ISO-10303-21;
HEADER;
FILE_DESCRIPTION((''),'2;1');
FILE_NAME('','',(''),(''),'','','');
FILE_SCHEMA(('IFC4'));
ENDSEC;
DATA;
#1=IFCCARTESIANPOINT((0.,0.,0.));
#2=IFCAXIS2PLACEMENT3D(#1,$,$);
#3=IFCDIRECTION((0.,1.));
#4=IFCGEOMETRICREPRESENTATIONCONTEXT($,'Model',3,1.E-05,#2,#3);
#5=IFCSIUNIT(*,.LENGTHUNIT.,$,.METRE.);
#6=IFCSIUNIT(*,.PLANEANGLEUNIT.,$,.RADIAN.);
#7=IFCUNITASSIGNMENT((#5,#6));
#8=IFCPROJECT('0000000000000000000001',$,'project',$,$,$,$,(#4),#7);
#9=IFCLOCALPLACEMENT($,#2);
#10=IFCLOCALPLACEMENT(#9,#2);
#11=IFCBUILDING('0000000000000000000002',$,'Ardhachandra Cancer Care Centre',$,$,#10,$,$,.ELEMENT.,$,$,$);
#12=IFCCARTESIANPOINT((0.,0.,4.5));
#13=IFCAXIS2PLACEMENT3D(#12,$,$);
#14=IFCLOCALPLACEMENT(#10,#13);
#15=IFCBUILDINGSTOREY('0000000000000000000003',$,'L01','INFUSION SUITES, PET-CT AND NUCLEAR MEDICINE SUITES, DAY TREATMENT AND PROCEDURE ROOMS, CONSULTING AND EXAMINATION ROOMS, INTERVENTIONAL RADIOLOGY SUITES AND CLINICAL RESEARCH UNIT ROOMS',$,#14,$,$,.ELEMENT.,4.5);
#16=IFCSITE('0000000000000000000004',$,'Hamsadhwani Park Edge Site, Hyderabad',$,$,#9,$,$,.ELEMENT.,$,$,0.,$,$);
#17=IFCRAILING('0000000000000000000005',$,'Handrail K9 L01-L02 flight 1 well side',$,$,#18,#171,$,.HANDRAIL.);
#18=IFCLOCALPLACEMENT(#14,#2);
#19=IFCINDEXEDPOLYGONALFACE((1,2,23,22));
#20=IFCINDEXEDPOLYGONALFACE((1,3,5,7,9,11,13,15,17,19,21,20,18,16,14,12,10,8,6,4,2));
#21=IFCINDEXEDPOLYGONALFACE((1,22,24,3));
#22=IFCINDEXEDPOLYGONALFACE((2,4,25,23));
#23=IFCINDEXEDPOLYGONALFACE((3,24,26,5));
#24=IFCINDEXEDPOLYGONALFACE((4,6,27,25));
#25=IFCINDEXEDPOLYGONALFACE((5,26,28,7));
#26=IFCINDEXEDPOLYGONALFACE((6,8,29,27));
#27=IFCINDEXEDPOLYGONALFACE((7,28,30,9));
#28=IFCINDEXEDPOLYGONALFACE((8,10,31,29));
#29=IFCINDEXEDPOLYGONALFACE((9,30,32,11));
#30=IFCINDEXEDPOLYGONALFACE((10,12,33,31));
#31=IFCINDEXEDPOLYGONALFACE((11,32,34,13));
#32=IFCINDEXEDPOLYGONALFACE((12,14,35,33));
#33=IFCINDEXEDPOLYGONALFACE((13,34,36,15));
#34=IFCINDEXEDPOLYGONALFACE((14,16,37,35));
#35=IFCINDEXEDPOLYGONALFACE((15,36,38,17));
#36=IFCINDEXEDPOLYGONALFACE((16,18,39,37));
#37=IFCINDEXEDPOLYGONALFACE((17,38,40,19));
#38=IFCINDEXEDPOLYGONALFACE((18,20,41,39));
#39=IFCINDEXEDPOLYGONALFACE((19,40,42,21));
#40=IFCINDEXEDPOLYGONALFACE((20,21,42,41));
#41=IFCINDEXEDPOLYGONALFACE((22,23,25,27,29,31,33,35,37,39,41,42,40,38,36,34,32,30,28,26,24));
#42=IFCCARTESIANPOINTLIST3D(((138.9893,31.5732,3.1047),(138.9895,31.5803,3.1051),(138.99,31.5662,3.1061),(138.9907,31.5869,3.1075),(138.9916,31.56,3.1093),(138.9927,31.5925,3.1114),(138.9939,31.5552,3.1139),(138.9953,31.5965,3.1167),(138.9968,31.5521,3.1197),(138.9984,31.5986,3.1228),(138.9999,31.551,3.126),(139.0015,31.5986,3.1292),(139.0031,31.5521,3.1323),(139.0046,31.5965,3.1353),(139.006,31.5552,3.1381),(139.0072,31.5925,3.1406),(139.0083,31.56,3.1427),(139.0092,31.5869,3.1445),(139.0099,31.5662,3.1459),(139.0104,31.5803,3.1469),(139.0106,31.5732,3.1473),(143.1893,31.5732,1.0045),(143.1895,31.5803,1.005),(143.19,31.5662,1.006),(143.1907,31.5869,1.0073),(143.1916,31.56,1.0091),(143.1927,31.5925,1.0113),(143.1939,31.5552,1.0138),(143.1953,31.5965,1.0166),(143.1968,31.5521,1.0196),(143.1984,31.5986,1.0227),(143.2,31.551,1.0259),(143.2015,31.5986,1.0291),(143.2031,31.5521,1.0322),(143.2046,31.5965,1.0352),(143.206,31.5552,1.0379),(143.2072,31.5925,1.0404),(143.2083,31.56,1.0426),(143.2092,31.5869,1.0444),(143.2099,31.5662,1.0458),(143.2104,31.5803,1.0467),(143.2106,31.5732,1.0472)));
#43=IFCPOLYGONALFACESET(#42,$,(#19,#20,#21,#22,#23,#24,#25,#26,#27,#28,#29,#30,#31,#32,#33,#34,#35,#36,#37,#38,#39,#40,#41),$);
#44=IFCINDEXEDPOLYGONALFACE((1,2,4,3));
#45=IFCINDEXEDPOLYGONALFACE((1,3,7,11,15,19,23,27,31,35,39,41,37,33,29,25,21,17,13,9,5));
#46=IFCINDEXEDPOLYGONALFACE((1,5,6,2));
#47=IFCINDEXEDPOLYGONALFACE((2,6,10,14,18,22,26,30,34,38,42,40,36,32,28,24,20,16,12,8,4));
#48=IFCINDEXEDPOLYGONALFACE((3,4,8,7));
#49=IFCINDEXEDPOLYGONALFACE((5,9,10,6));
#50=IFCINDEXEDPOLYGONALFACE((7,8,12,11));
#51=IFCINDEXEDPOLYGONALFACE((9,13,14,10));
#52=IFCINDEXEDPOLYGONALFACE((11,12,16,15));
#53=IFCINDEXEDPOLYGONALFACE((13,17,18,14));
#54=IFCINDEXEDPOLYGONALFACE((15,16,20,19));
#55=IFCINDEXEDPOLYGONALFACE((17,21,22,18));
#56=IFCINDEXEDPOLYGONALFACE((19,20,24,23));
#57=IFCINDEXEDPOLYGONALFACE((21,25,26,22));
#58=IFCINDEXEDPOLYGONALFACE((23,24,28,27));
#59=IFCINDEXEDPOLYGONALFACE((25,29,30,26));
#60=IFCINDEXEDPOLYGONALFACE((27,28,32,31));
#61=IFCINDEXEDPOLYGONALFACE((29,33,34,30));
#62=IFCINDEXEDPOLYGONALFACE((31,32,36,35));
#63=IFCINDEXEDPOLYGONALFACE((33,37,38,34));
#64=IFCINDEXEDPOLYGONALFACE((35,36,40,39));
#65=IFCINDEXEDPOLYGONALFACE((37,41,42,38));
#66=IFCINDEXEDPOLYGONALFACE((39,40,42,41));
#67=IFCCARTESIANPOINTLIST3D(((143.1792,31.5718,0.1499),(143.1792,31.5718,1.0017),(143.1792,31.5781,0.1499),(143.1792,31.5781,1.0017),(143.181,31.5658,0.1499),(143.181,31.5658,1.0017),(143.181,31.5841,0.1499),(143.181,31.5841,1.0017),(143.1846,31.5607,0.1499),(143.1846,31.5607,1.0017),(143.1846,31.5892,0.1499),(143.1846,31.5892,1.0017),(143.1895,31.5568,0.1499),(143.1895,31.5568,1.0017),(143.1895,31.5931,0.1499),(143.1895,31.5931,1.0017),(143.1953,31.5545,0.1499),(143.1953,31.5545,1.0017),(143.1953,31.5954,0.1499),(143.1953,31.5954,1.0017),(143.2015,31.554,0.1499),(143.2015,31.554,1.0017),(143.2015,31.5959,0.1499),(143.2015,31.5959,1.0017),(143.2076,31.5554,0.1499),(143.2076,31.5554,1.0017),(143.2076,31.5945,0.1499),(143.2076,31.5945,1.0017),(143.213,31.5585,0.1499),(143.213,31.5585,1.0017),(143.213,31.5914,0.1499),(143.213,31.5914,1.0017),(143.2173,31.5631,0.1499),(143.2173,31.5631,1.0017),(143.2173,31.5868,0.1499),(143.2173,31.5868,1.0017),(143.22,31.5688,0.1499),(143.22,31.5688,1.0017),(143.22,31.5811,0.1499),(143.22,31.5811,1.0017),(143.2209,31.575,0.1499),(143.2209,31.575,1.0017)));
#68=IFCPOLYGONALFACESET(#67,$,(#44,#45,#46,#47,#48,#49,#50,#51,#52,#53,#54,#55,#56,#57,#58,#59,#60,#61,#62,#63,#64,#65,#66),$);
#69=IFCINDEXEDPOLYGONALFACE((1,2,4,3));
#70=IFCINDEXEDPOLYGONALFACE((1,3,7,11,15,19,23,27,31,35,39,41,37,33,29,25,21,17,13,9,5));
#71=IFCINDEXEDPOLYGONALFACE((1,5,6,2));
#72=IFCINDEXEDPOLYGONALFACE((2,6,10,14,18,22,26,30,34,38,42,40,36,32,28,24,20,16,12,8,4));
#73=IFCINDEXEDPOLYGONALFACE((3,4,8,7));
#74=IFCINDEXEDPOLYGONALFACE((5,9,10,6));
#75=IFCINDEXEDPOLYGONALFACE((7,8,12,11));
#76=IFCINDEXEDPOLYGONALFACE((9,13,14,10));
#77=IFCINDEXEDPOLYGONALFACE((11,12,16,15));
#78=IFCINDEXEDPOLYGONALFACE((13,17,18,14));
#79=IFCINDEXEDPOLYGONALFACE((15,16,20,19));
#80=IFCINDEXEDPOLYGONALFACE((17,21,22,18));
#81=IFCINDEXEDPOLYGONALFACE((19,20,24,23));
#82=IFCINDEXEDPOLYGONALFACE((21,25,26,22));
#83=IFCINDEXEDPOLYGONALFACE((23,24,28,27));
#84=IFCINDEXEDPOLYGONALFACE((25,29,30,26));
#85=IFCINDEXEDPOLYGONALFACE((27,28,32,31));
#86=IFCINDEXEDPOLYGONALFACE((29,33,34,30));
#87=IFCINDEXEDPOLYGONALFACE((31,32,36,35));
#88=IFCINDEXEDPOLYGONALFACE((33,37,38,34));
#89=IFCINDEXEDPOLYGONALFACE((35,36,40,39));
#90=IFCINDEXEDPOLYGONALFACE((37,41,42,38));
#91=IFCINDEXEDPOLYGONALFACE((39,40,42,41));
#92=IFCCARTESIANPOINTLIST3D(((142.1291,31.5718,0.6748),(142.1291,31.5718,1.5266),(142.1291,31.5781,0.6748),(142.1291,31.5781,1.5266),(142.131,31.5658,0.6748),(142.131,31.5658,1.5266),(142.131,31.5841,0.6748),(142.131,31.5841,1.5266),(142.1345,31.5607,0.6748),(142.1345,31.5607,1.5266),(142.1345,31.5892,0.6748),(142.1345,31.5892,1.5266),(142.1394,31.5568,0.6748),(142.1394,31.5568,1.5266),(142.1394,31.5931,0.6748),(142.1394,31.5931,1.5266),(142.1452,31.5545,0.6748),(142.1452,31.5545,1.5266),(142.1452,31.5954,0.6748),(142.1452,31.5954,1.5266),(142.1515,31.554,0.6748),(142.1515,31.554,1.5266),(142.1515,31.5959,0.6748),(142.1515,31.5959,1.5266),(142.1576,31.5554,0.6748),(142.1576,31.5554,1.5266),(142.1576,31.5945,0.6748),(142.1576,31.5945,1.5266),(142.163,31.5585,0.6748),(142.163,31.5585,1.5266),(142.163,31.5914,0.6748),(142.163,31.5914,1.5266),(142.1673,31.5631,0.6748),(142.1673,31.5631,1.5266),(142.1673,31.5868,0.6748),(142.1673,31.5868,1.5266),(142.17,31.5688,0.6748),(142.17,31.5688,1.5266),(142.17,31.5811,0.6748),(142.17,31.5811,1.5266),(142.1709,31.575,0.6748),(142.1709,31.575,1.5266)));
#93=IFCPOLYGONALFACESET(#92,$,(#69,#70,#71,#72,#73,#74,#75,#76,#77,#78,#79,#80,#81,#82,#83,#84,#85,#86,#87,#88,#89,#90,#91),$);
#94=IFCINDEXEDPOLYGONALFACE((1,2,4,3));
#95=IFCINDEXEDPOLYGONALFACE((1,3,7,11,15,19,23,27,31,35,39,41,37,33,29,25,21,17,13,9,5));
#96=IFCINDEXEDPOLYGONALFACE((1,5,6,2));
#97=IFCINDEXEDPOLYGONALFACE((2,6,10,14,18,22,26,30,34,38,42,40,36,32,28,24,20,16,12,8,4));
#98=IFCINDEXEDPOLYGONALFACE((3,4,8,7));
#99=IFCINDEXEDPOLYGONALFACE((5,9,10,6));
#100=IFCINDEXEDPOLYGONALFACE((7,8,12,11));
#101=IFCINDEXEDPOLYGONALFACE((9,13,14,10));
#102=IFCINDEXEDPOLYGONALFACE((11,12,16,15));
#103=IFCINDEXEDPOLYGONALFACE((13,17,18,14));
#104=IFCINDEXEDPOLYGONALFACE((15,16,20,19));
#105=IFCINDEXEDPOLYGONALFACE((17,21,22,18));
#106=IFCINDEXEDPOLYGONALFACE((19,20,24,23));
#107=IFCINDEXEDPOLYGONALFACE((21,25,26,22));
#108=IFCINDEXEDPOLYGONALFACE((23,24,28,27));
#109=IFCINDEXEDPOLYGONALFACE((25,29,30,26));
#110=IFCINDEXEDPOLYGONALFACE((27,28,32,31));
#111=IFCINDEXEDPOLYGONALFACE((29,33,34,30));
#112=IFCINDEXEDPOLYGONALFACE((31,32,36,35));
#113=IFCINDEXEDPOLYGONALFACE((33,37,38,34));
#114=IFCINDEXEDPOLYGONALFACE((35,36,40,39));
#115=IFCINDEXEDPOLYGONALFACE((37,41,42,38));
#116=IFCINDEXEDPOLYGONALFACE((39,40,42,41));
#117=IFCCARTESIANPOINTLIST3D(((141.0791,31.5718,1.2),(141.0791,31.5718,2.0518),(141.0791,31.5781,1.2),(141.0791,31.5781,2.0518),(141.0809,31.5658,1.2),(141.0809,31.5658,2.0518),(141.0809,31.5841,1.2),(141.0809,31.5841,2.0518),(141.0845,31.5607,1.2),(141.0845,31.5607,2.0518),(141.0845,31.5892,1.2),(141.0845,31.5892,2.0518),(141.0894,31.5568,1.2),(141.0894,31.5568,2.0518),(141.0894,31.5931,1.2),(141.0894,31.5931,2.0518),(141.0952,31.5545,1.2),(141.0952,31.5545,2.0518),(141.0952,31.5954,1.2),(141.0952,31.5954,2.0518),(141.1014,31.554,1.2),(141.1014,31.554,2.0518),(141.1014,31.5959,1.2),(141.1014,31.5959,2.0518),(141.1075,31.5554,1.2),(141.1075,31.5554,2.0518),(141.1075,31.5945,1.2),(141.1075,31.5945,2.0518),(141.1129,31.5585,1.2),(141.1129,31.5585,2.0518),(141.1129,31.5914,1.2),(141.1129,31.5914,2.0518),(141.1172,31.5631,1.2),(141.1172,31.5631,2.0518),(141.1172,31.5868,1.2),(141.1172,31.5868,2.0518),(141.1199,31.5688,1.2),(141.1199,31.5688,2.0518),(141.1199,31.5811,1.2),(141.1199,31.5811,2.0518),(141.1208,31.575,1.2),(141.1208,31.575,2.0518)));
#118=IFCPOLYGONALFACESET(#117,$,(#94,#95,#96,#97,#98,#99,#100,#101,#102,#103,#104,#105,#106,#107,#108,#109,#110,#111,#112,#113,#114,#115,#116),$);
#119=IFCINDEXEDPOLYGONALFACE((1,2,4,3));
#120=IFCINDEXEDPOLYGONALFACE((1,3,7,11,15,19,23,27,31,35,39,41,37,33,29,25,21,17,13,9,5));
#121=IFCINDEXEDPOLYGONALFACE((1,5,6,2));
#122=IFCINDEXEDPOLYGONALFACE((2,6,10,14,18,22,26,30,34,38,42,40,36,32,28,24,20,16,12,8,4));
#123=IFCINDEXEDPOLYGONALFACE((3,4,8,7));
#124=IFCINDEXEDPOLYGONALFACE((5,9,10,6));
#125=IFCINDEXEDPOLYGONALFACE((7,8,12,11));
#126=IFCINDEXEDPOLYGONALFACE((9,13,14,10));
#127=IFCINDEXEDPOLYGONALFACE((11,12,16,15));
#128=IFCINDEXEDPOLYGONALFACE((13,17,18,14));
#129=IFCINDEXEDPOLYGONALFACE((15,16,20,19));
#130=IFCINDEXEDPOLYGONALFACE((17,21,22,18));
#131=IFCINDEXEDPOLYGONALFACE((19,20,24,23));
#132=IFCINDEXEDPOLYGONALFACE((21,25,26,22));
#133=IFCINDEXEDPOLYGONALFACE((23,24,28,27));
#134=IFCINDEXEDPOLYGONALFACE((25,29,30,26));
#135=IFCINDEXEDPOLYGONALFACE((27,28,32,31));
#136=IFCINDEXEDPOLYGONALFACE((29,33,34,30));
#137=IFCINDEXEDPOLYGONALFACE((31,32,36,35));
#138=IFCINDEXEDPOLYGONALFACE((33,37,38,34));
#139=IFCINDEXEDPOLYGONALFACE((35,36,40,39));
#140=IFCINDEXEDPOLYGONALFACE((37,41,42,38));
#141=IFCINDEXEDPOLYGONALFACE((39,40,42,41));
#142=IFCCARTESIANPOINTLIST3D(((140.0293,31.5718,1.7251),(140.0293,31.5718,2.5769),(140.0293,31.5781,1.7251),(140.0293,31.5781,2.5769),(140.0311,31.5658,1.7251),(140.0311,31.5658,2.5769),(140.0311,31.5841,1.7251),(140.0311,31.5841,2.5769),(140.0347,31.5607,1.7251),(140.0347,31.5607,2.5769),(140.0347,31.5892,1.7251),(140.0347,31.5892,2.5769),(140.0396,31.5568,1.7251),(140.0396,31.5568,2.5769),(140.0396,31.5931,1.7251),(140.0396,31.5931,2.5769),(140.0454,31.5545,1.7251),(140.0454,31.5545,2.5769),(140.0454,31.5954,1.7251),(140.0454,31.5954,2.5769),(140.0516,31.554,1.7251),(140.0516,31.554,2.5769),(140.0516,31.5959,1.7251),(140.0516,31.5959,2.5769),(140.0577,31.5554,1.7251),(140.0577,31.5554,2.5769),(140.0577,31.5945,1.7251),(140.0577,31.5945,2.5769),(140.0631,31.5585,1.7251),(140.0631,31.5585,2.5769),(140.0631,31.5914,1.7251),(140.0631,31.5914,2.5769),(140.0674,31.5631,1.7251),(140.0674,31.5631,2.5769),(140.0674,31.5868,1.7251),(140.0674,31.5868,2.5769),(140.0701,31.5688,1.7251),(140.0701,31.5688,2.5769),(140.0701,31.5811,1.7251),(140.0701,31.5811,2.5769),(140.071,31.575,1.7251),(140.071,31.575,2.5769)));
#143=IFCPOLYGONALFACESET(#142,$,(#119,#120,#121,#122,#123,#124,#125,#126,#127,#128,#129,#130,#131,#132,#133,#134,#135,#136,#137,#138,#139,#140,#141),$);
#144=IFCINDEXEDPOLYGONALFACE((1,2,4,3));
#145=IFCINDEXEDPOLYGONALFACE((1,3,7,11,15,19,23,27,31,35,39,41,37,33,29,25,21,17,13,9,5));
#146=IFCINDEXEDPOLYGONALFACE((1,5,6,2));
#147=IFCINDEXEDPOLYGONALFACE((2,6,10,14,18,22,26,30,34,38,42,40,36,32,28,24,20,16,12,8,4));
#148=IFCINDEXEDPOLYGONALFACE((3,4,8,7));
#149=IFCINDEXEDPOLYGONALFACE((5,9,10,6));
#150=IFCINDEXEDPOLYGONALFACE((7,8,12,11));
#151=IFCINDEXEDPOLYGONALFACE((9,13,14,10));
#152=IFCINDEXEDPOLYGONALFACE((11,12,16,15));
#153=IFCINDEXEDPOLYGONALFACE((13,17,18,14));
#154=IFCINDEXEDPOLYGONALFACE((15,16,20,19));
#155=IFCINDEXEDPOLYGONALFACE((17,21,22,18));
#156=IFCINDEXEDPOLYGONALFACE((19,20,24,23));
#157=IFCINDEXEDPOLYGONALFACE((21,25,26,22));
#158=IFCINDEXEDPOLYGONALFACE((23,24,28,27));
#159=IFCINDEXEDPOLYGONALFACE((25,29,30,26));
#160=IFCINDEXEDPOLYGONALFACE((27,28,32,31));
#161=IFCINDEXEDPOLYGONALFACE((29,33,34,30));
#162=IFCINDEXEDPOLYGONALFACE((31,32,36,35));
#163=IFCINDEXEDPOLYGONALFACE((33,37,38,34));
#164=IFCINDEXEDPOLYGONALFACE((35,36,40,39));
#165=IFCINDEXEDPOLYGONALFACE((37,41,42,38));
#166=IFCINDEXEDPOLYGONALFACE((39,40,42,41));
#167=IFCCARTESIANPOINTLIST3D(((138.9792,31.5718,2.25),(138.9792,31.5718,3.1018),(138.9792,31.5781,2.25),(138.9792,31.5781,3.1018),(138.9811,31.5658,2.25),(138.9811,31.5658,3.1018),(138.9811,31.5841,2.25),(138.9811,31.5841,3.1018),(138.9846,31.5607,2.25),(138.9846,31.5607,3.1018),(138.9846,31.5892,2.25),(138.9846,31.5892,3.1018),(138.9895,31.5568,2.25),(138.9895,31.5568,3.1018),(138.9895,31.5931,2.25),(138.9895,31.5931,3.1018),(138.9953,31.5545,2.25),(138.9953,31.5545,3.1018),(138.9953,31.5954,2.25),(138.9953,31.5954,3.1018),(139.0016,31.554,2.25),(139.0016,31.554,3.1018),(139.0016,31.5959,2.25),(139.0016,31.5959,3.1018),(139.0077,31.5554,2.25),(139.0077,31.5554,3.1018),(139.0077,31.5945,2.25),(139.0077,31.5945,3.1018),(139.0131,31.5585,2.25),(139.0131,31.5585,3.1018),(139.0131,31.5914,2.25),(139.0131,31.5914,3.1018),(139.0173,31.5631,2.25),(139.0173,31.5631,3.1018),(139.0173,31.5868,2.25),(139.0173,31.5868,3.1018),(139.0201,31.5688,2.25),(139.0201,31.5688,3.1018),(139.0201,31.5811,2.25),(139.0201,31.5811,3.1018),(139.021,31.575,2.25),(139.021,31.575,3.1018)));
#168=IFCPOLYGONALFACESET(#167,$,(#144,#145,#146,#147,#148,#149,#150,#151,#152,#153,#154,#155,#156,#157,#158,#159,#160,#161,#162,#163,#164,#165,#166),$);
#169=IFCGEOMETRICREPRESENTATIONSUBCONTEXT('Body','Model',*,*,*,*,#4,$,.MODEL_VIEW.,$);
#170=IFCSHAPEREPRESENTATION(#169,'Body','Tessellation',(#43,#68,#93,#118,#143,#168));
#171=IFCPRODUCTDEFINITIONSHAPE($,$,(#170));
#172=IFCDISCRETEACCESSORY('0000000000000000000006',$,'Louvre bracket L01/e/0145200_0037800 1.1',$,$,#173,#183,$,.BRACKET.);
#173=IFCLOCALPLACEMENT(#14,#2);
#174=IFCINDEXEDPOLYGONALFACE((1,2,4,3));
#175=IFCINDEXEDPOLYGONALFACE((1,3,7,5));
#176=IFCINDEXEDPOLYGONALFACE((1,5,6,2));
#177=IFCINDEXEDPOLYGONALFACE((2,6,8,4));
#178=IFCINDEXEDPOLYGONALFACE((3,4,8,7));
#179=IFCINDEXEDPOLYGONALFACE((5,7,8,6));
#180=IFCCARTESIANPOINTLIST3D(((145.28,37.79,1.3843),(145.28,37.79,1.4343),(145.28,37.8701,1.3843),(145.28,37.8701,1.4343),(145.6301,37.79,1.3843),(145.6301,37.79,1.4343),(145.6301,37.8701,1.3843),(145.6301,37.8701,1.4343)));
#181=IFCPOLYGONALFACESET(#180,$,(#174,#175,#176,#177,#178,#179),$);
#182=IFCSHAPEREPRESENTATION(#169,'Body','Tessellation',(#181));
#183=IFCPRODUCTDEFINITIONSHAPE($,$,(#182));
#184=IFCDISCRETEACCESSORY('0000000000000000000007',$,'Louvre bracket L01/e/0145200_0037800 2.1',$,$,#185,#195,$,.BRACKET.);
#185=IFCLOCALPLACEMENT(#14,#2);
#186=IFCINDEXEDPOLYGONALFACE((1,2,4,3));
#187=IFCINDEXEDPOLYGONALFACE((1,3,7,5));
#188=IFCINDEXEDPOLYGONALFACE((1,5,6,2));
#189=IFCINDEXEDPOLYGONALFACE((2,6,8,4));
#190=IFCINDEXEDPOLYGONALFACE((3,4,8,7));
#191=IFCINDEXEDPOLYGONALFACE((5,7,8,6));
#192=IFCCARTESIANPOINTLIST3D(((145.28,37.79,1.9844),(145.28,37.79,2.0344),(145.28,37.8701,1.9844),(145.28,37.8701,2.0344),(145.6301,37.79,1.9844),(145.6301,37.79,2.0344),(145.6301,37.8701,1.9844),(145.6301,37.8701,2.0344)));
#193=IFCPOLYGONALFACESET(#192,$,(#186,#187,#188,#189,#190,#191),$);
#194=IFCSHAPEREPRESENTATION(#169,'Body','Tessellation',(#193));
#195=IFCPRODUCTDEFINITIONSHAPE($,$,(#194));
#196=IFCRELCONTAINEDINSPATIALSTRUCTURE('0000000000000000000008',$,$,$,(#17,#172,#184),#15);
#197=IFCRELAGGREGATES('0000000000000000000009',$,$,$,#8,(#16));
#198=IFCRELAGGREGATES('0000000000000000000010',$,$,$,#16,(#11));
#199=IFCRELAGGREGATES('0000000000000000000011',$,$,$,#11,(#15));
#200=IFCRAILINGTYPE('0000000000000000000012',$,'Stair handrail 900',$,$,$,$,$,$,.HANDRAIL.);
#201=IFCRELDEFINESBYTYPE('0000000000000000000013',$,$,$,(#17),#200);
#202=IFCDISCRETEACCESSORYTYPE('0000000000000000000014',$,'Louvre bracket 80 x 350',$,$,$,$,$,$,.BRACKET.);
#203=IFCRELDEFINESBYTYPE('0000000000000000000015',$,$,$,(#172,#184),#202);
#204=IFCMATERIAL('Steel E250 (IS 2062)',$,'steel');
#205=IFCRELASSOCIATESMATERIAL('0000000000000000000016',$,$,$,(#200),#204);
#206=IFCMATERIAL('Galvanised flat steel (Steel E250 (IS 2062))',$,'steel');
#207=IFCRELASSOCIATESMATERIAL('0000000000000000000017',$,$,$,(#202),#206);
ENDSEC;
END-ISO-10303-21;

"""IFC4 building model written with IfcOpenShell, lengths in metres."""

from ifc_helpers import new_model, si_unit, direction, frame, origin, origin_2d, place, context, subcontext, project, spatial, rectangle, circle, extrude, material, type_object, element, save


model = new_model("IFC4")

# Units and contexts
model_context = context("Model", 3, precision=1e-05, world=origin(), true_north=direction((0.0, 1.0)))
body_context = subcontext(model_context, "Body", "Model", "MODEL_VIEW")
ifc_project = project(units=[si_unit("LENGTHUNIT", "METRE"), si_unit("PLANEANGLEUNIT", "RADIAN")], contexts=[model_context])

# Site, building, storey
site_placement = place(None, origin())
site = spatial("IfcSite", under=ifc_project, at=site_placement, Name="Hamsadhwani Park Edge Site, Hyderabad", CompositionType="ELEMENT", RefElevation=0.0)
building_placement = place(site_placement, origin())
building = spatial("IfcBuilding", under=site, at=building_placement, Name="Ardhachandra Cancer Care Centre", CompositionType="ELEMENT")
storey_placement = place(building_placement, frame((0.0, 0.0, 4.5)))
storey = spatial("IfcBuildingStorey", under=building, at=storey_placement, Name="L01", Description="INFUSION SUITES, PET-CT AND NUCLEAR MEDICINE SUITES, DAY TREATMENT AND PROCEDURE ROOMS, CONSULTING AND EXAMINATION ROOMS, INTERVENTIONAL RADIOLOGY SUITES AND CLINICAL RESEARCH UNIT ROOMS", CompositionType="ELEMENT", Elevation=4.5)

# Railing
ifc_material_1 = material(Name="Steel E250 (IS 2062)", Category="steel")
railing_type_1 = type_object("IfcRailingType", Name="Stair handrail 900", PredefinedType="HANDRAIL", material=ifc_material_1)
for number, where, name in (
    (1, (143.2, 31.575, 0.1499), "Handrail K9 L01-L02 flight 1 well side"),
):
    element("IfcRailing", number, at=place(storey_placement, frame(where)), inside=storey, type_object=railing_type_1, Name=name, PredefinedType="HANDRAIL", context=body_context, shape_type="SweptSolid", body=[
        extrude(circle(Radius=0.0239, at=origin_2d()), frame((0.0, 0.0, 0.876), z_axis=(-0.894417, 0.0, 0.447234), x_axis=(0.0, -1.0, 0.0)), (0.0, 0.0, 1.0), 4.6958),
        extrude(circle(Radius=0.021, at=origin_2d()), origin(), (0.0, 0.0, 1.0), 0.8518),
        extrude(circle(Radius=0.021, at=origin_2d()), frame((-1.05, 0.0, 0.5249)), (0.0, 0.0, 1.0), 0.8518),
        extrude(circle(Radius=0.021, at=origin_2d()), frame((-2.1001, 0.0, 1.05)), (0.0, 0.0, 1.0), 0.8518),
        extrude(circle(Radius=0.021, at=origin_2d()), frame((-3.1499, 0.0, 1.5752)), (0.0, 0.0, 1.0), 0.8518),
        extrude(circle(Radius=0.021, at=origin_2d()), frame((-4.2, 0.0, 2.1001)), (0.0, 0.0, 1.0), 0.8518),
    ])

# Discrete accessories
ifc_material_2 = material(Name="Galvanised flat steel (Steel E250 (IS 2062))", Category="steel")
discrete_accessory_type = type_object("IfcDiscreteAccessoryType", Name="Louvre bracket 80 x 350", PredefinedType="BRACKET", material=ifc_material_2)
for number, where, z_axis, x_axis, name in (
    (2, (145.4551, 37.8301, 1.3843), (0.0, 0.0, 1.0), (0.0, 1.0, 0.0), "Louvre bracket L01/e/0145200_0037800 1.1"),
    (3, (145.4551, 37.8301, 1.9844), (0.0, 0.0, 1.0), (0.0, 1.0, 0.0), "Louvre bracket L01/e/0145200_0037800 2.1"),
):
    element("IfcDiscreteAccessory", number, at=place(storey_placement, frame(where, z_axis=z_axis, x_axis=x_axis)), inside=storey, type_object=discrete_accessory_type, Name=name, PredefinedType="BRACKET", context=body_context, shape_type="SweptSolid", body=[
        extrude(rectangle(XDim=0.0801, YDim=0.3501, at=origin_2d()), origin(), (0.0, 0.0, 1.0), 0.05),
    ])

save(model, "model.ifc")
